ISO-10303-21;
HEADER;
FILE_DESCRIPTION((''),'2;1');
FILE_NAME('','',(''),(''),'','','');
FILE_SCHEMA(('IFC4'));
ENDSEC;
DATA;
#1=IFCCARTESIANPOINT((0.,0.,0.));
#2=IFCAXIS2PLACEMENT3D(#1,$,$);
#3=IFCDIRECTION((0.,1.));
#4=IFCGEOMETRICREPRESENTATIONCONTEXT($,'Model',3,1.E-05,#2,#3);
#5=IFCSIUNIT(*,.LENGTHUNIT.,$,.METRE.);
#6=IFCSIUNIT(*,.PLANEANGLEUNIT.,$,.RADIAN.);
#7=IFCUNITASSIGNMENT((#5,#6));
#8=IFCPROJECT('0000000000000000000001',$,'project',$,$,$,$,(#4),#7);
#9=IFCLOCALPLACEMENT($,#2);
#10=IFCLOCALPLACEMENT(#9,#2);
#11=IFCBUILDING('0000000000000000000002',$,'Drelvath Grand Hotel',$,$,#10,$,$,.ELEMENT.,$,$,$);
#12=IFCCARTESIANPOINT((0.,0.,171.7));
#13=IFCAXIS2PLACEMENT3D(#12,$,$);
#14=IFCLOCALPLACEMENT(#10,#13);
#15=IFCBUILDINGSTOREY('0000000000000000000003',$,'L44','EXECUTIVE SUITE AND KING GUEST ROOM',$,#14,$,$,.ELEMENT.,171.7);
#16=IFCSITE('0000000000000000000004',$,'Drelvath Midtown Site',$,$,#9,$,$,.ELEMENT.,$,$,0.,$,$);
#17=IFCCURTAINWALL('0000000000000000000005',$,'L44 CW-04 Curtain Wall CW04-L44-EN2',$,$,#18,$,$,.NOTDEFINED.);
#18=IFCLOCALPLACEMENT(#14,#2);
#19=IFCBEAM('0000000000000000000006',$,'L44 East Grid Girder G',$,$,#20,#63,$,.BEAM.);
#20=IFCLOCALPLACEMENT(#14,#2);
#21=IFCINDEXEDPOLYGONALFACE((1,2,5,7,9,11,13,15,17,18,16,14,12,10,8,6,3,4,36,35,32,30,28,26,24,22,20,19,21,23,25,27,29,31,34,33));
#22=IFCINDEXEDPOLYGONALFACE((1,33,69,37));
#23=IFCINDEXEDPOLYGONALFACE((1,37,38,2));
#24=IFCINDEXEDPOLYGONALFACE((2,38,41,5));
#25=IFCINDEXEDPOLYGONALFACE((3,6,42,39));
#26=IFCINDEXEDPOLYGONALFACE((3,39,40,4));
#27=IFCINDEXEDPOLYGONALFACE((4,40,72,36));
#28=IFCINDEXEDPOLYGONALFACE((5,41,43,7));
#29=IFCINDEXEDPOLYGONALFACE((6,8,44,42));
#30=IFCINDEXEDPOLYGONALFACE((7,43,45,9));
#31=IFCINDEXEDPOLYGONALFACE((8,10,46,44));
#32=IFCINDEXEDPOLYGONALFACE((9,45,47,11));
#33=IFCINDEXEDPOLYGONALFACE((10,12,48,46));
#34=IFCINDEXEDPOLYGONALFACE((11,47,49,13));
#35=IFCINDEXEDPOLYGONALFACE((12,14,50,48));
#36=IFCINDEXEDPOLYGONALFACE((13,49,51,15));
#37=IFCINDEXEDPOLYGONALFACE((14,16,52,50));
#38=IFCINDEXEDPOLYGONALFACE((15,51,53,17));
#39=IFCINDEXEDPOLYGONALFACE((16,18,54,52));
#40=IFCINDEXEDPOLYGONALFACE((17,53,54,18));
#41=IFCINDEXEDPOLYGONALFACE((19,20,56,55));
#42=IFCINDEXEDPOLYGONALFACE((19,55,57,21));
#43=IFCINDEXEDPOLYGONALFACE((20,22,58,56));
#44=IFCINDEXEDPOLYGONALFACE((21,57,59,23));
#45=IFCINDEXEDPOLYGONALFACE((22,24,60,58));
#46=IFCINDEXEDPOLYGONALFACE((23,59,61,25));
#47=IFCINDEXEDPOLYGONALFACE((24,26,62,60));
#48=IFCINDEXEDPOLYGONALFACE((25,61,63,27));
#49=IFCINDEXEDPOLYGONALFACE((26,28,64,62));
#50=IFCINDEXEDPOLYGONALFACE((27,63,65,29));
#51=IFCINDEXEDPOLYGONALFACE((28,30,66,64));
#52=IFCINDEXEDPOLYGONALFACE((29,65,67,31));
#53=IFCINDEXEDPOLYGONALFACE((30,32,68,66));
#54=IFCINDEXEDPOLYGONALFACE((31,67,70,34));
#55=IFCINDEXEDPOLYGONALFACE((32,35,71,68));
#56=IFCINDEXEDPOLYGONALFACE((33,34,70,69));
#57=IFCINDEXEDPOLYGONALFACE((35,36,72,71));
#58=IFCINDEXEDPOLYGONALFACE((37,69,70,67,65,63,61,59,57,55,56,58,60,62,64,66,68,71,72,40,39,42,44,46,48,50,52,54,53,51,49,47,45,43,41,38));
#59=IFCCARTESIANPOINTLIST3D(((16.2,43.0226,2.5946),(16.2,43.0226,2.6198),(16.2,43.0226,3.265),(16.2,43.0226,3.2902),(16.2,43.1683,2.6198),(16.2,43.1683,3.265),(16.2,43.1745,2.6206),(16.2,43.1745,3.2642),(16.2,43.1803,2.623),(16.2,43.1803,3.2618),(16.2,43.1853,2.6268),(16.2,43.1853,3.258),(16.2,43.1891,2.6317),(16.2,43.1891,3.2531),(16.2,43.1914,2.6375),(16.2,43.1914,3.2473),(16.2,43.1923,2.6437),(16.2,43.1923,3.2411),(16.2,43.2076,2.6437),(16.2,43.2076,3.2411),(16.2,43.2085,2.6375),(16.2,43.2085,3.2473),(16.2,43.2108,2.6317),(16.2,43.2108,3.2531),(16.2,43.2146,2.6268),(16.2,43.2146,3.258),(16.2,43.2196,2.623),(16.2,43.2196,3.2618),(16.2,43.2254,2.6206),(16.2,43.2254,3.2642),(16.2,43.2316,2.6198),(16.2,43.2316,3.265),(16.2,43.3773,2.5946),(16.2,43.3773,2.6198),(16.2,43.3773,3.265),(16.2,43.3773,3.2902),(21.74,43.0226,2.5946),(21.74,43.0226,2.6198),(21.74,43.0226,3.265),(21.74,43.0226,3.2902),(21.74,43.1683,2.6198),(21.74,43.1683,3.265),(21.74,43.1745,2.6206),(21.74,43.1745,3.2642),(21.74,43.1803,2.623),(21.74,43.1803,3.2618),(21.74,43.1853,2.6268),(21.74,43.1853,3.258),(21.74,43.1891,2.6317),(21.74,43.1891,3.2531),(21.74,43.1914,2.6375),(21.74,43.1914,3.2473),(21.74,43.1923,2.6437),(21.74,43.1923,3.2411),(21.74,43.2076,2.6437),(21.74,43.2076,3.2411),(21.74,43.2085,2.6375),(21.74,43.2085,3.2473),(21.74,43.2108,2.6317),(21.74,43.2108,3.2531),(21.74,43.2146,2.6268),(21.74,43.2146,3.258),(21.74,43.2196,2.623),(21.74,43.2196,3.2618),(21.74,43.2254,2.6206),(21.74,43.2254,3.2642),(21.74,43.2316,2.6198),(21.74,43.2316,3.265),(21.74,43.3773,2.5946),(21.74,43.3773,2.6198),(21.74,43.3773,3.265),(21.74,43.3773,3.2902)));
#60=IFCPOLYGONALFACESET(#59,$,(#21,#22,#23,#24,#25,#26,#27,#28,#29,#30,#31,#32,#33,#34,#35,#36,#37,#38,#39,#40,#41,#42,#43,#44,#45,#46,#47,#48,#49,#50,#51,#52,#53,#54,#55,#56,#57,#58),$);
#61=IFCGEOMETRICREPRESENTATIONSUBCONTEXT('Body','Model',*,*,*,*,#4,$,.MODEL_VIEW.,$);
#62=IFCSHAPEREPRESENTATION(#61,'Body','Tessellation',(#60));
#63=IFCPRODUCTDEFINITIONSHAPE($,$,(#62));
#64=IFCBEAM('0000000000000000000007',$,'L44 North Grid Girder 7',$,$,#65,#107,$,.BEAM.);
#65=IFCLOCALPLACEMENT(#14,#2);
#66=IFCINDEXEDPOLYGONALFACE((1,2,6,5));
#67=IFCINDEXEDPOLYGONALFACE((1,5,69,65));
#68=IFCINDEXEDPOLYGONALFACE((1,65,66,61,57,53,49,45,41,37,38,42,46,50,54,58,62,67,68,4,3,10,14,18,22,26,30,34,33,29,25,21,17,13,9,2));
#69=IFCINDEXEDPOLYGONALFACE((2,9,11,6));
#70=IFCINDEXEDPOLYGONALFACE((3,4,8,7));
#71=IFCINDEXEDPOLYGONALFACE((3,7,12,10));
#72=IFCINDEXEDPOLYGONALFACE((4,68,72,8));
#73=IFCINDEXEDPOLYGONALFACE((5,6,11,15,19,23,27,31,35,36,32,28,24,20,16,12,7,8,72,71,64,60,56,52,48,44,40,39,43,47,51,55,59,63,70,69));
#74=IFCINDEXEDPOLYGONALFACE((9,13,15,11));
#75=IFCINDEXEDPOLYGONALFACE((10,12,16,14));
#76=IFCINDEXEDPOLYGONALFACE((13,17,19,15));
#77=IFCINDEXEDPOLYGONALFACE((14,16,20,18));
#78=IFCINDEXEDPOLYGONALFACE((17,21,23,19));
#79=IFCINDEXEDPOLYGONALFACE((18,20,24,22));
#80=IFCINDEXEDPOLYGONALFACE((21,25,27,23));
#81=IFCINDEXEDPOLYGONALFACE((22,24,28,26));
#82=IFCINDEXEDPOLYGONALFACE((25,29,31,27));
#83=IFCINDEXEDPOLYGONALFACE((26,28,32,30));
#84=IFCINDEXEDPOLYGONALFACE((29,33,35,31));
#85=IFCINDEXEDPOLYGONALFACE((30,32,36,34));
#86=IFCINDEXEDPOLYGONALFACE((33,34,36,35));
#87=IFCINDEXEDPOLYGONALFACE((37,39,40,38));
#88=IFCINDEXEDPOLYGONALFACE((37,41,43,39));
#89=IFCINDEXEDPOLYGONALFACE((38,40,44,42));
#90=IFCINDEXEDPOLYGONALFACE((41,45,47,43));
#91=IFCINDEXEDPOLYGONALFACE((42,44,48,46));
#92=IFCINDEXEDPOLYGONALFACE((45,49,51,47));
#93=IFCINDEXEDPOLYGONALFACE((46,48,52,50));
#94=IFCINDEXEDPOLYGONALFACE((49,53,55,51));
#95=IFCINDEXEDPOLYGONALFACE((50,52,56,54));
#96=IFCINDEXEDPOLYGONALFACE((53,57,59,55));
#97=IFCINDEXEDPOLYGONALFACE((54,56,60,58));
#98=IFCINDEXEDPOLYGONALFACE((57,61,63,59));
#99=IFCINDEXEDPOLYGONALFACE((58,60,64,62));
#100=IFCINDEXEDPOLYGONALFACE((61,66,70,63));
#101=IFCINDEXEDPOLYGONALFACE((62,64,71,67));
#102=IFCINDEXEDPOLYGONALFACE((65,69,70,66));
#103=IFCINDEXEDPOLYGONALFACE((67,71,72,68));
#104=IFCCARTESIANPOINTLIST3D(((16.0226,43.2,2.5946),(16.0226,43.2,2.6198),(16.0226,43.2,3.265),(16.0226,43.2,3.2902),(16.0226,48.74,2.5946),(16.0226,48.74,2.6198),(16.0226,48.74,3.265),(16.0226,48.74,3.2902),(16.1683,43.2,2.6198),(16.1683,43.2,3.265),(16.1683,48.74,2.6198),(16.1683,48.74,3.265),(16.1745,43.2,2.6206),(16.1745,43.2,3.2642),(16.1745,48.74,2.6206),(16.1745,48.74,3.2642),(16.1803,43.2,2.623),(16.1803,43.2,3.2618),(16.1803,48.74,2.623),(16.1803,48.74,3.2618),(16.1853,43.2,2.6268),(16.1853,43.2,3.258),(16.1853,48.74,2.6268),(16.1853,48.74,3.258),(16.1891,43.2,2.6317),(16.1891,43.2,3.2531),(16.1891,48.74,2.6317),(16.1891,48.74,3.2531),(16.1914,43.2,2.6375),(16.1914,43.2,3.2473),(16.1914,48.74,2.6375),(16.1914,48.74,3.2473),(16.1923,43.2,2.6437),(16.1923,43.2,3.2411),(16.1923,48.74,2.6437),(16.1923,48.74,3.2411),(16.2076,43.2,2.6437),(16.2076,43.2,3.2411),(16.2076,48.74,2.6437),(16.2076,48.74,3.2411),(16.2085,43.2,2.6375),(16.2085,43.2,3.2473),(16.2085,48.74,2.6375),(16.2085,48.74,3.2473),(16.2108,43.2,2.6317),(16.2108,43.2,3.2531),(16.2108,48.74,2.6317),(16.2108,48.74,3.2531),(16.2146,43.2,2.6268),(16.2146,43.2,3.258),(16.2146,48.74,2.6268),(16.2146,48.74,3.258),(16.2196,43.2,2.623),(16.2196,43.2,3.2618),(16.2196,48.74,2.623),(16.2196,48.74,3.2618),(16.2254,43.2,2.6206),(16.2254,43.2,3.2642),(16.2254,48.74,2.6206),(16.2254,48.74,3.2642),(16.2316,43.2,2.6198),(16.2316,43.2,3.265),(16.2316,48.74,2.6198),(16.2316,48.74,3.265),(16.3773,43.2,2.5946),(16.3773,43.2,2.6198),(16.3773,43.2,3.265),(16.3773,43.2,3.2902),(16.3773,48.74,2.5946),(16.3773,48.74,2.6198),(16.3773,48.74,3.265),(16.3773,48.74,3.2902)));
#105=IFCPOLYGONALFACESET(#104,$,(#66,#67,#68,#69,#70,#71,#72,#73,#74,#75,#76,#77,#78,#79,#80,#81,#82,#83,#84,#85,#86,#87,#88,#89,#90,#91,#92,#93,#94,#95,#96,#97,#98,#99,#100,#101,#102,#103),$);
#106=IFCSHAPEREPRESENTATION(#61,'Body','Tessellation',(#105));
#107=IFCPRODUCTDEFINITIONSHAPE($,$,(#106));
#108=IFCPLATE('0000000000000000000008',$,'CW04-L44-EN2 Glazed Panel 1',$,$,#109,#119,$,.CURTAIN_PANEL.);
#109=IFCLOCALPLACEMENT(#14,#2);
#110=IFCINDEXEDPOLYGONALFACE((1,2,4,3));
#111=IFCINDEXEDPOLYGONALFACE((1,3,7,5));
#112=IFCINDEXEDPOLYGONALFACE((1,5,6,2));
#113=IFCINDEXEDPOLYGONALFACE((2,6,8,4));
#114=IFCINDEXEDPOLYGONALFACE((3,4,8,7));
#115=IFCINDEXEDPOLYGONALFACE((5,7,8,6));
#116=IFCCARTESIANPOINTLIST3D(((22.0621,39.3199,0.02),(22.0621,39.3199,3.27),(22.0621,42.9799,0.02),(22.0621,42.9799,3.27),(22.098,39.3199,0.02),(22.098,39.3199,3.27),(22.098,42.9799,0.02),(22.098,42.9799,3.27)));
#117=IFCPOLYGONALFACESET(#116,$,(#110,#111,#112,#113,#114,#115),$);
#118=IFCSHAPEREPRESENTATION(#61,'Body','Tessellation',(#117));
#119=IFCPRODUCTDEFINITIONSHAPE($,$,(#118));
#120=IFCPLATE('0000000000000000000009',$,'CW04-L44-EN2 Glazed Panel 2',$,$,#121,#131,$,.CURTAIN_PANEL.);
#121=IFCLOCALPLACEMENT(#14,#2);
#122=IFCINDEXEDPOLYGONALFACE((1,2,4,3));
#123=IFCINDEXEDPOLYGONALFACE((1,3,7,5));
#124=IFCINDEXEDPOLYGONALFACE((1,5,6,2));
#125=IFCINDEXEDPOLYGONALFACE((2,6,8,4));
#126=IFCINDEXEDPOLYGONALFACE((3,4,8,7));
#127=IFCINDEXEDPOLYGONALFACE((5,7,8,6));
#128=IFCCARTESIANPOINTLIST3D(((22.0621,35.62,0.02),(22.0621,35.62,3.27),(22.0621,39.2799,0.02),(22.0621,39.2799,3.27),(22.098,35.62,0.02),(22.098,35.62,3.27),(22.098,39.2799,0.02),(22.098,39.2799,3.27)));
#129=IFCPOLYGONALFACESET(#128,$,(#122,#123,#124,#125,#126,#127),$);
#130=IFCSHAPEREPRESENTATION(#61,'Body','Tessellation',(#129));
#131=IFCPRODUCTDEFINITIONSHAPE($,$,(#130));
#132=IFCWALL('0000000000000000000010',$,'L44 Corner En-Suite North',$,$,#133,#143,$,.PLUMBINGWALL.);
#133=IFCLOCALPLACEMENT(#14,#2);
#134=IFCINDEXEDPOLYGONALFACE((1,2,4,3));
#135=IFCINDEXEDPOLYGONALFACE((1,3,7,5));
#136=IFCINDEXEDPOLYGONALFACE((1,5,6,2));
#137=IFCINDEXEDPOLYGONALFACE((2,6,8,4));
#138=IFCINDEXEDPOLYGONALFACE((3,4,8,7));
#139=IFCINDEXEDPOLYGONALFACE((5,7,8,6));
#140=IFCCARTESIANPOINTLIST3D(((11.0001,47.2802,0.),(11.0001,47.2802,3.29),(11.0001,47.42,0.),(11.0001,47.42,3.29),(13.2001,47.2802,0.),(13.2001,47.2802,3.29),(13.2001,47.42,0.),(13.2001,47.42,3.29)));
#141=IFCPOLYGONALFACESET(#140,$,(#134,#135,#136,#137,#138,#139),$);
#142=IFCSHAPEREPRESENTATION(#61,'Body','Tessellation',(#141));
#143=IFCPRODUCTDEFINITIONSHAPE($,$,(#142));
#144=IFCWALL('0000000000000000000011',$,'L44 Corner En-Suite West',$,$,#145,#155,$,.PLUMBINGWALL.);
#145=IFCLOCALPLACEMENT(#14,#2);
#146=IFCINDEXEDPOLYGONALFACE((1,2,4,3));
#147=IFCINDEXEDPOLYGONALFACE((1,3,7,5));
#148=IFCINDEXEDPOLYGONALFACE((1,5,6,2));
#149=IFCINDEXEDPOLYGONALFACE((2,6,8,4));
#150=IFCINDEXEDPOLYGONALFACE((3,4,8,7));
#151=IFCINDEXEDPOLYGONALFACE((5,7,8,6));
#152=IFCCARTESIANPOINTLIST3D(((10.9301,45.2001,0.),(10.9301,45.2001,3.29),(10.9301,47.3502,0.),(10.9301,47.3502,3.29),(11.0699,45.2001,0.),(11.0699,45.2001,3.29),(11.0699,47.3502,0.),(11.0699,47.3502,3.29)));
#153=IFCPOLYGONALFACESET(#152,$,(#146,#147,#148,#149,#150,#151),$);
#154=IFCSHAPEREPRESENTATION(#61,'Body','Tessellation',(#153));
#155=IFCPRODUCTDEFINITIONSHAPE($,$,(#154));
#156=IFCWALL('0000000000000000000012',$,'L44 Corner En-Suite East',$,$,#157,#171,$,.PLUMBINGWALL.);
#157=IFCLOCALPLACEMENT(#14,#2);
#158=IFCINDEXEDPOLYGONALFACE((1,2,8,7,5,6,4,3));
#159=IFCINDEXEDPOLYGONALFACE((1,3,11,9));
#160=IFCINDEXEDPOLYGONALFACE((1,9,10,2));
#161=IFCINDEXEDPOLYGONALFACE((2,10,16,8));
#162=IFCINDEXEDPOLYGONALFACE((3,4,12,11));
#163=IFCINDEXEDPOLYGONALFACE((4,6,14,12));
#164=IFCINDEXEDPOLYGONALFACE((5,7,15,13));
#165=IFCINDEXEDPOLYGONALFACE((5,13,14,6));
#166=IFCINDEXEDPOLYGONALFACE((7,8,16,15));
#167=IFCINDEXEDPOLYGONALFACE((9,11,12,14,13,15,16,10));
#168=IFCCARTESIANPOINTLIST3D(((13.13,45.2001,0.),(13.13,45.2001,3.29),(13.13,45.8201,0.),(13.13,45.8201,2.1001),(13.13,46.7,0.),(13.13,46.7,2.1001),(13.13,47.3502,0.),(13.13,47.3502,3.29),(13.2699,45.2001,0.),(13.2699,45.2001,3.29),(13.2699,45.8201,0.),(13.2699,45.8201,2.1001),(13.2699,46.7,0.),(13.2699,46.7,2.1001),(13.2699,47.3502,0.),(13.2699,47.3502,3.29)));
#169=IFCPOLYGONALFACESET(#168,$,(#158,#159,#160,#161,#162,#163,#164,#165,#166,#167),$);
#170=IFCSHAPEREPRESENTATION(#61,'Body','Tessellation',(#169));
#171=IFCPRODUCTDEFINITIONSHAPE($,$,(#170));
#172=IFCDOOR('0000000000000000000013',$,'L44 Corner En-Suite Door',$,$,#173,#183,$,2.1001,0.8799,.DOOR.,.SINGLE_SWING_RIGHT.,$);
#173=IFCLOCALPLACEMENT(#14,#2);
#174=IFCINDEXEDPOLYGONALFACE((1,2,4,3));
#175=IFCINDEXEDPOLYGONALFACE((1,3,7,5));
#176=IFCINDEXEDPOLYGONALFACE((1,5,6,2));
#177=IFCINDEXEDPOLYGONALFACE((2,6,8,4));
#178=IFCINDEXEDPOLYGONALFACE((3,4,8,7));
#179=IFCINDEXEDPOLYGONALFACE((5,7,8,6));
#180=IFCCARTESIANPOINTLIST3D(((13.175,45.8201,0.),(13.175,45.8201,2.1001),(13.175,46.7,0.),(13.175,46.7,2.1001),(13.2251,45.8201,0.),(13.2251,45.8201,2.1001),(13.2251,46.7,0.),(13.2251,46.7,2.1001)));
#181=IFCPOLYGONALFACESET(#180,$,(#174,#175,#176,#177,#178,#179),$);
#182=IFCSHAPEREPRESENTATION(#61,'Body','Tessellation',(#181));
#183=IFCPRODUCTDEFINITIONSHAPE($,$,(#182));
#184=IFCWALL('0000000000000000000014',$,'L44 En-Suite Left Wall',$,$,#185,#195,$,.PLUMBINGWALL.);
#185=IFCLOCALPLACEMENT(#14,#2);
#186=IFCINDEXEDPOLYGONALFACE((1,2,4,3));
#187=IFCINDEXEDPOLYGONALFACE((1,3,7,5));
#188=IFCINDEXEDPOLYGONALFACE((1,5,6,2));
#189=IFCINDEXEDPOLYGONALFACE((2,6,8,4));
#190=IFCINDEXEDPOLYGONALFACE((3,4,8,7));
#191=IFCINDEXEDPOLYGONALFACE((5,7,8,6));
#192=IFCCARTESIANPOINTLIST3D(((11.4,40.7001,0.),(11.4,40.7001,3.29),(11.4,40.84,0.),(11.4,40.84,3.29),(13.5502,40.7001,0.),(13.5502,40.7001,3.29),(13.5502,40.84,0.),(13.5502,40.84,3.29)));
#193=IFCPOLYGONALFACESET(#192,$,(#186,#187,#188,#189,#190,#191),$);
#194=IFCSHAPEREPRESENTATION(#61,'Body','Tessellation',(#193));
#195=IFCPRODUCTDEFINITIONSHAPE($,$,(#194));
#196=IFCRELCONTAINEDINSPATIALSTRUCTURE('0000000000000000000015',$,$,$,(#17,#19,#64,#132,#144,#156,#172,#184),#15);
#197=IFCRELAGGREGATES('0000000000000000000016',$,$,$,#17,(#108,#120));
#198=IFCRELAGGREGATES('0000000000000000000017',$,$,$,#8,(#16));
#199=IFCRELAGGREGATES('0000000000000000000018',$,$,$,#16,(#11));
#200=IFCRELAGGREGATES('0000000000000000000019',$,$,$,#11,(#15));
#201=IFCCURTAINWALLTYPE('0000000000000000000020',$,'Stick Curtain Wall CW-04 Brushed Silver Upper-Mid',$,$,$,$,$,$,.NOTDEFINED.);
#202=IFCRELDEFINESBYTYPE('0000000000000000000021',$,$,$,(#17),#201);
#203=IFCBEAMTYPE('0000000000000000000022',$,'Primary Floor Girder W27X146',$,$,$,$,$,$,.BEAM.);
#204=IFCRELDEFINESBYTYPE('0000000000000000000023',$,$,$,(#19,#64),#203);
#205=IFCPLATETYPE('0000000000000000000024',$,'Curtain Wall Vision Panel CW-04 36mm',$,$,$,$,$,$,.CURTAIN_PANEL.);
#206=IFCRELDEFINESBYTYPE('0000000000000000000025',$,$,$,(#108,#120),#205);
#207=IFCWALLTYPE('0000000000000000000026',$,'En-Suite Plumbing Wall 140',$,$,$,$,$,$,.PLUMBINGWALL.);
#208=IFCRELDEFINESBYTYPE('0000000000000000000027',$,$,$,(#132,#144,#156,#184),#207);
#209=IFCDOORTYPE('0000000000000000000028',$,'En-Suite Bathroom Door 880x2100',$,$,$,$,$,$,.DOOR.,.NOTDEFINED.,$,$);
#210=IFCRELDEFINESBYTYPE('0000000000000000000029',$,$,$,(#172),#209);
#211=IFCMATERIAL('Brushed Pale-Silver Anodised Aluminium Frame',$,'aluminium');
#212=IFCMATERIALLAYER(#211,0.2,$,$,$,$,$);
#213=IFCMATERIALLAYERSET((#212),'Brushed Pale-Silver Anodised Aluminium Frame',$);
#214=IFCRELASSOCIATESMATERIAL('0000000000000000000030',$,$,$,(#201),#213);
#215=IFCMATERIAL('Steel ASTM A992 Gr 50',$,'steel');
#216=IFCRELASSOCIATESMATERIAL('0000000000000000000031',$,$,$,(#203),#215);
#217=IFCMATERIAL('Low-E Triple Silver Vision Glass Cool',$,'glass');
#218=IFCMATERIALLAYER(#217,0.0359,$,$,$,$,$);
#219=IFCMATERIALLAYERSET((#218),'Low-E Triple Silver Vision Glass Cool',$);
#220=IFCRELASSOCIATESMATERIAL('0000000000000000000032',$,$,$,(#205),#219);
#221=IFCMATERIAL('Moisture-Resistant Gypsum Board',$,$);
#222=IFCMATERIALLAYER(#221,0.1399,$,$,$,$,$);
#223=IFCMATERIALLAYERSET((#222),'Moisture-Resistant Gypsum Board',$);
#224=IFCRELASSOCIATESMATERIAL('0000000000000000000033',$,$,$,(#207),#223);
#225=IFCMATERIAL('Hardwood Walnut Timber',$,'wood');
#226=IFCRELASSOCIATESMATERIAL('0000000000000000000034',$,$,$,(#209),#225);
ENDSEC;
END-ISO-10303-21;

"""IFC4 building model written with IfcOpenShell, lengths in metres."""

from ifc_helpers import new_model, si_unit, direction, frame, frame_2d, origin, origin_2d, place, context, subcontext, project, spatial, rectangle, i_section, extrude, material, layer, layer_set, material_profile, profile_set, type_object, element, fill, aggregate, save


model = new_model("IFC4")

# Units and contexts
model_context = context("Model", 3, precision=1e-05, world=origin(), true_north=direction((0.0, 1.0)))
body_context = subcontext(model_context, "Body", "Model", "MODEL_VIEW")
ifc_project = project(units=[si_unit("LENGTHUNIT", "METRE"), si_unit("PLANEANGLEUNIT", "RADIAN")], contexts=[model_context])

# Site, building, storey
site_placement = place(None, origin())
site = spatial("IfcSite", under=ifc_project, at=site_placement, Name="Drelvath Midtown Site", CompositionType="ELEMENT", RefElevation=0.0)
building_placement = place(site_placement, origin())
building = spatial("IfcBuilding", under=site, at=building_placement, Name="Drelvath Grand Hotel", CompositionType="ELEMENT")
storey_placement = place(building_placement, frame((0.0, 0.0, 171.7)))
storey = spatial("IfcBuildingStorey", under=building, at=storey_placement, Name="L44", Description="EXECUTIVE SUITE AND KING GUEST ROOM", CompositionType="ELEMENT", Elevation=171.7)

# Curtain wall
ifc_material_1 = material(Name="Brushed Pale-Silver Anodised Aluminium Frame", Category="aluminium")
ifc_layer_1 = layer(ifc_material_1, 0.2)
ifc_layer_set_1 = layer_set([ifc_layer_1], Name="Brushed Pale-Silver Anodised Aluminium Frame")
curtain_wall_type = type_object("IfcCurtainWallType", Name="Stick Curtain Wall CW-04 Brushed Silver Upper-Mid", PredefinedType="NOTDEFINED", material=ifc_layer_set_1)
curtain_wall_placement = place(storey_placement, origin())
curtain_wall = element("IfcCurtainWall", 1, at=curtain_wall_placement, inside=storey, type_object=curtain_wall_type, Name="L44 CW-04 Curtain Wall CW04-L44-EN2", PredefinedType="NOTDEFINED")

# Beams
ifc_material_2 = material(Name="Steel ASTM A992 Gr 50", Category="steel")
ifc_material_profile_1 = material_profile(ifc_material_2, i_section(OverallWidth=0.3547, OverallDepth=0.6956, WebThickness=0.0154, FlangeThickness=0.0251, FilletRadius=0.0239, at=origin_2d()), Name="W27X146")
ifc_profile_set_1 = profile_set([ifc_material_profile_1], Name="Steel ASTM A992 Gr 50")
beam_type = type_object("IfcBeamType", Name="Primary Floor Girder W27X146", PredefinedType="BEAM", material=ifc_profile_set_1)
for number, where, z_axis, x_axis, name in (
    (2, (16.2, 43.2, 2.9424), (1.0, 0.0, 0.0), (0.0, 1.0, 0.0), "L44 East Grid Girder G"),
    (3, (16.2, 43.2, 2.9424), (0.0, 1.0, 0.0), (-1.0, 0.0, 0.0), "L44 North Grid Girder 7"),
):
    element("IfcBeam", number, at=place(storey_placement, frame(where, z_axis=z_axis, x_axis=x_axis)), inside=storey, type_object=beam_type, Name=name, PredefinedType="BEAM", context=body_context, shape_type="SweptSolid", body=[
        extrude(i_section(OverallWidth=0.3547, OverallDepth=0.6956, WebThickness=0.0154, FlangeThickness=0.0251, FilletRadius=0.0239, at=origin_2d()), origin(), (0.0, 0.0, 1.0), 5.54),
    ])

# Plates
ifc_material_3 = material(Name="Low-E Triple Silver Vision Glass Cool", Category="glass")
ifc_layer_2 = layer(ifc_material_3, 0.0359)
ifc_layer_set_2 = layer_set([ifc_layer_2], Name="Low-E Triple Silver Vision Glass Cool")
plate_type = type_object("IfcPlateType", Name="Curtain Wall Vision Panel CW-04 36mm", PredefinedType="CURTAIN_PANEL", material=ifc_layer_set_2)
plate_1_placement = place(storey_placement, frame((22.0801, 41.1499, 0.02), z_axis=(0.0, 0.0, 1.0), x_axis=(0.0, -1.0, 0.0)))
plate_1 = element("IfcPlate", 4, at=plate_1_placement, type_object=plate_type, Name="CW04-L44-EN2 Glazed Panel 1", PredefinedType="CURTAIN_PANEL", context=body_context, shape_type="SweptSolid", body=[
    extrude(rectangle(XDim=3.6599, YDim=0.0359, at=origin_2d()), origin(), (0.0, 0.0, 1.0), 3.25),
])
plate_2_placement = place(storey_placement, frame((22.0801, 37.45, 0.02), z_axis=(0.0, 0.0, 1.0), x_axis=(0.0, -1.0, 0.0)))
plate_2 = element("IfcPlate", 5, at=plate_2_placement, type_object=plate_type, Name="CW04-L44-EN2 Glazed Panel 2", PredefinedType="CURTAIN_PANEL", context=body_context, shape_type="SweptSolid", body=[
    extrude(rectangle(XDim=3.6599, YDim=0.0359, at=origin_2d()), origin(), (0.0, 0.0, 1.0), 3.25),
])
aggregate(curtain_wall, [plate_1, plate_2])

# Walls
ifc_material_4 = material(Name="Moisture-Resistant Gypsum Board")
ifc_layer_3 = layer(ifc_material_4, 0.1399)
ifc_layer_set_3 = layer_set([ifc_layer_3], Name="Moisture-Resistant Gypsum Board")
wall_type_1 = type_object("IfcWallType", Name="En-Suite Plumbing Wall 140", PredefinedType="PLUMBINGWALL", material=ifc_layer_set_3)
wall_1_placement = place(storey_placement, frame((11.0, 47.3501, 0.0), z_axis=(0.0, 0.0, 1.0), x_axis=(1.0, 0.0, 0.0)))
element("IfcWall", 6, at=wall_1_placement, inside=storey, type_object=wall_type_1, Name="L44 Corner En-Suite North", PredefinedType="PLUMBINGWALL", context=body_context, shape_type="SweptSolid", body=[
    extrude(rectangle(XDim=2.2, YDim=0.1399, at=frame_2d((1.1001, 0.0))), origin(), (0.0, 0.0, 1.0), 3.29),
])
wall_2_placement = place(storey_placement, frame((11.0, 45.2, 0.0), z_axis=(0.0, 0.0, 1.0), x_axis=(0.0, 1.0, 0.0)))
element("IfcWall", 7, at=wall_2_placement, inside=storey, type_object=wall_type_1, Name="L44 Corner En-Suite West", PredefinedType="PLUMBINGWALL", context=body_context, shape_type="SweptSolid", body=[
    extrude(rectangle(XDim=2.1501, YDim=0.1399, at=frame_2d((1.0752, 0.0))), origin(), (0.0, 0.0, 1.0), 3.29),
])

# Wall, opening, door
wall_3_placement = place(storey_placement, frame((13.2, 45.2, 0.0), z_axis=(0.0, 0.0, 1.0), x_axis=(0.0, 1.0, 0.0)))
wall_3 = element("IfcWall", 8, at=wall_3_placement, inside=storey, type_object=wall_type_1, Name="L44 Corner En-Suite East", PredefinedType="PLUMBINGWALL", context=body_context, shape_type="SweptSolid", body=[
    extrude(rectangle(XDim=2.1501, YDim=0.1399, at=frame_2d((1.0752, 0.0))), origin(), (0.0, 0.0, 1.0), 3.29),
])
opening_1_placement = place(wall_3_placement, frame((0.6201, 0.0, 0.0)))
opening_1 = element("IfcOpeningElement", 9, at=opening_1_placement, cuts=wall_3, PredefinedType="OPENING", context=body_context, shape_type="SweptSolid", body=[
    extrude(rectangle(XDim=0.8799, YDim=2.1001, at=frame_2d((0.4399, 1.05))), frame((0.0, 0.0798, 0.0), z_axis=(0.0, -1.0, 0.0), x_axis=(1.0, 0.0, 0.0)), (0.0, 0.0, 1.0), 0.1599),
])
ifc_material_5 = material(Name="Hardwood Walnut Timber", Category="wood")
door_type = type_object("IfcDoorType", Name="En-Suite Bathroom Door 880x2100", OperationType="NOTDEFINED", PredefinedType="DOOR", material=ifc_material_5)
door_1_placement = place(opening_1_placement, origin())
door_1 = element("IfcDoor", 10, at=door_1_placement, inside=storey, type_object=door_type, Name="L44 Corner En-Suite Door", OperationType="SINGLE_SWING_RIGHT", OverallHeight=2.1001, OverallWidth=0.8799, PredefinedType="DOOR", context=body_context, shape_type="SweptSolid", body=[
    extrude(rectangle(XDim=0.8799, YDim=2.1001, at=frame_2d((0.4399, 1.05))), frame((0.0, 0.0249, 0.0), z_axis=(0.0, -1.0, 0.0), x_axis=(1.0, 0.0, 0.0)), (0.0, 0.0, 1.0), 0.05),
])
fill(opening_1, door_1)

# Wall
wall_4_placement = place(storey_placement, frame((11.3999, 40.77, 0.0), z_axis=(0.0, 0.0, 1.0), x_axis=(1.0, 0.0, 0.0)))
element("IfcWall", 11, at=wall_4_placement, inside=storey, type_object=wall_type_1, Name="L44 En-Suite Left Wall", PredefinedType="PLUMBINGWALL", context=body_context, shape_type="SweptSolid", body=[
    extrude(rectangle(XDim=2.1501, YDim=0.1399, at=frame_2d((1.0752, 0.0))), origin(), (0.0, 0.0, 1.0), 3.29),
])

save(model, "model.ifc")
